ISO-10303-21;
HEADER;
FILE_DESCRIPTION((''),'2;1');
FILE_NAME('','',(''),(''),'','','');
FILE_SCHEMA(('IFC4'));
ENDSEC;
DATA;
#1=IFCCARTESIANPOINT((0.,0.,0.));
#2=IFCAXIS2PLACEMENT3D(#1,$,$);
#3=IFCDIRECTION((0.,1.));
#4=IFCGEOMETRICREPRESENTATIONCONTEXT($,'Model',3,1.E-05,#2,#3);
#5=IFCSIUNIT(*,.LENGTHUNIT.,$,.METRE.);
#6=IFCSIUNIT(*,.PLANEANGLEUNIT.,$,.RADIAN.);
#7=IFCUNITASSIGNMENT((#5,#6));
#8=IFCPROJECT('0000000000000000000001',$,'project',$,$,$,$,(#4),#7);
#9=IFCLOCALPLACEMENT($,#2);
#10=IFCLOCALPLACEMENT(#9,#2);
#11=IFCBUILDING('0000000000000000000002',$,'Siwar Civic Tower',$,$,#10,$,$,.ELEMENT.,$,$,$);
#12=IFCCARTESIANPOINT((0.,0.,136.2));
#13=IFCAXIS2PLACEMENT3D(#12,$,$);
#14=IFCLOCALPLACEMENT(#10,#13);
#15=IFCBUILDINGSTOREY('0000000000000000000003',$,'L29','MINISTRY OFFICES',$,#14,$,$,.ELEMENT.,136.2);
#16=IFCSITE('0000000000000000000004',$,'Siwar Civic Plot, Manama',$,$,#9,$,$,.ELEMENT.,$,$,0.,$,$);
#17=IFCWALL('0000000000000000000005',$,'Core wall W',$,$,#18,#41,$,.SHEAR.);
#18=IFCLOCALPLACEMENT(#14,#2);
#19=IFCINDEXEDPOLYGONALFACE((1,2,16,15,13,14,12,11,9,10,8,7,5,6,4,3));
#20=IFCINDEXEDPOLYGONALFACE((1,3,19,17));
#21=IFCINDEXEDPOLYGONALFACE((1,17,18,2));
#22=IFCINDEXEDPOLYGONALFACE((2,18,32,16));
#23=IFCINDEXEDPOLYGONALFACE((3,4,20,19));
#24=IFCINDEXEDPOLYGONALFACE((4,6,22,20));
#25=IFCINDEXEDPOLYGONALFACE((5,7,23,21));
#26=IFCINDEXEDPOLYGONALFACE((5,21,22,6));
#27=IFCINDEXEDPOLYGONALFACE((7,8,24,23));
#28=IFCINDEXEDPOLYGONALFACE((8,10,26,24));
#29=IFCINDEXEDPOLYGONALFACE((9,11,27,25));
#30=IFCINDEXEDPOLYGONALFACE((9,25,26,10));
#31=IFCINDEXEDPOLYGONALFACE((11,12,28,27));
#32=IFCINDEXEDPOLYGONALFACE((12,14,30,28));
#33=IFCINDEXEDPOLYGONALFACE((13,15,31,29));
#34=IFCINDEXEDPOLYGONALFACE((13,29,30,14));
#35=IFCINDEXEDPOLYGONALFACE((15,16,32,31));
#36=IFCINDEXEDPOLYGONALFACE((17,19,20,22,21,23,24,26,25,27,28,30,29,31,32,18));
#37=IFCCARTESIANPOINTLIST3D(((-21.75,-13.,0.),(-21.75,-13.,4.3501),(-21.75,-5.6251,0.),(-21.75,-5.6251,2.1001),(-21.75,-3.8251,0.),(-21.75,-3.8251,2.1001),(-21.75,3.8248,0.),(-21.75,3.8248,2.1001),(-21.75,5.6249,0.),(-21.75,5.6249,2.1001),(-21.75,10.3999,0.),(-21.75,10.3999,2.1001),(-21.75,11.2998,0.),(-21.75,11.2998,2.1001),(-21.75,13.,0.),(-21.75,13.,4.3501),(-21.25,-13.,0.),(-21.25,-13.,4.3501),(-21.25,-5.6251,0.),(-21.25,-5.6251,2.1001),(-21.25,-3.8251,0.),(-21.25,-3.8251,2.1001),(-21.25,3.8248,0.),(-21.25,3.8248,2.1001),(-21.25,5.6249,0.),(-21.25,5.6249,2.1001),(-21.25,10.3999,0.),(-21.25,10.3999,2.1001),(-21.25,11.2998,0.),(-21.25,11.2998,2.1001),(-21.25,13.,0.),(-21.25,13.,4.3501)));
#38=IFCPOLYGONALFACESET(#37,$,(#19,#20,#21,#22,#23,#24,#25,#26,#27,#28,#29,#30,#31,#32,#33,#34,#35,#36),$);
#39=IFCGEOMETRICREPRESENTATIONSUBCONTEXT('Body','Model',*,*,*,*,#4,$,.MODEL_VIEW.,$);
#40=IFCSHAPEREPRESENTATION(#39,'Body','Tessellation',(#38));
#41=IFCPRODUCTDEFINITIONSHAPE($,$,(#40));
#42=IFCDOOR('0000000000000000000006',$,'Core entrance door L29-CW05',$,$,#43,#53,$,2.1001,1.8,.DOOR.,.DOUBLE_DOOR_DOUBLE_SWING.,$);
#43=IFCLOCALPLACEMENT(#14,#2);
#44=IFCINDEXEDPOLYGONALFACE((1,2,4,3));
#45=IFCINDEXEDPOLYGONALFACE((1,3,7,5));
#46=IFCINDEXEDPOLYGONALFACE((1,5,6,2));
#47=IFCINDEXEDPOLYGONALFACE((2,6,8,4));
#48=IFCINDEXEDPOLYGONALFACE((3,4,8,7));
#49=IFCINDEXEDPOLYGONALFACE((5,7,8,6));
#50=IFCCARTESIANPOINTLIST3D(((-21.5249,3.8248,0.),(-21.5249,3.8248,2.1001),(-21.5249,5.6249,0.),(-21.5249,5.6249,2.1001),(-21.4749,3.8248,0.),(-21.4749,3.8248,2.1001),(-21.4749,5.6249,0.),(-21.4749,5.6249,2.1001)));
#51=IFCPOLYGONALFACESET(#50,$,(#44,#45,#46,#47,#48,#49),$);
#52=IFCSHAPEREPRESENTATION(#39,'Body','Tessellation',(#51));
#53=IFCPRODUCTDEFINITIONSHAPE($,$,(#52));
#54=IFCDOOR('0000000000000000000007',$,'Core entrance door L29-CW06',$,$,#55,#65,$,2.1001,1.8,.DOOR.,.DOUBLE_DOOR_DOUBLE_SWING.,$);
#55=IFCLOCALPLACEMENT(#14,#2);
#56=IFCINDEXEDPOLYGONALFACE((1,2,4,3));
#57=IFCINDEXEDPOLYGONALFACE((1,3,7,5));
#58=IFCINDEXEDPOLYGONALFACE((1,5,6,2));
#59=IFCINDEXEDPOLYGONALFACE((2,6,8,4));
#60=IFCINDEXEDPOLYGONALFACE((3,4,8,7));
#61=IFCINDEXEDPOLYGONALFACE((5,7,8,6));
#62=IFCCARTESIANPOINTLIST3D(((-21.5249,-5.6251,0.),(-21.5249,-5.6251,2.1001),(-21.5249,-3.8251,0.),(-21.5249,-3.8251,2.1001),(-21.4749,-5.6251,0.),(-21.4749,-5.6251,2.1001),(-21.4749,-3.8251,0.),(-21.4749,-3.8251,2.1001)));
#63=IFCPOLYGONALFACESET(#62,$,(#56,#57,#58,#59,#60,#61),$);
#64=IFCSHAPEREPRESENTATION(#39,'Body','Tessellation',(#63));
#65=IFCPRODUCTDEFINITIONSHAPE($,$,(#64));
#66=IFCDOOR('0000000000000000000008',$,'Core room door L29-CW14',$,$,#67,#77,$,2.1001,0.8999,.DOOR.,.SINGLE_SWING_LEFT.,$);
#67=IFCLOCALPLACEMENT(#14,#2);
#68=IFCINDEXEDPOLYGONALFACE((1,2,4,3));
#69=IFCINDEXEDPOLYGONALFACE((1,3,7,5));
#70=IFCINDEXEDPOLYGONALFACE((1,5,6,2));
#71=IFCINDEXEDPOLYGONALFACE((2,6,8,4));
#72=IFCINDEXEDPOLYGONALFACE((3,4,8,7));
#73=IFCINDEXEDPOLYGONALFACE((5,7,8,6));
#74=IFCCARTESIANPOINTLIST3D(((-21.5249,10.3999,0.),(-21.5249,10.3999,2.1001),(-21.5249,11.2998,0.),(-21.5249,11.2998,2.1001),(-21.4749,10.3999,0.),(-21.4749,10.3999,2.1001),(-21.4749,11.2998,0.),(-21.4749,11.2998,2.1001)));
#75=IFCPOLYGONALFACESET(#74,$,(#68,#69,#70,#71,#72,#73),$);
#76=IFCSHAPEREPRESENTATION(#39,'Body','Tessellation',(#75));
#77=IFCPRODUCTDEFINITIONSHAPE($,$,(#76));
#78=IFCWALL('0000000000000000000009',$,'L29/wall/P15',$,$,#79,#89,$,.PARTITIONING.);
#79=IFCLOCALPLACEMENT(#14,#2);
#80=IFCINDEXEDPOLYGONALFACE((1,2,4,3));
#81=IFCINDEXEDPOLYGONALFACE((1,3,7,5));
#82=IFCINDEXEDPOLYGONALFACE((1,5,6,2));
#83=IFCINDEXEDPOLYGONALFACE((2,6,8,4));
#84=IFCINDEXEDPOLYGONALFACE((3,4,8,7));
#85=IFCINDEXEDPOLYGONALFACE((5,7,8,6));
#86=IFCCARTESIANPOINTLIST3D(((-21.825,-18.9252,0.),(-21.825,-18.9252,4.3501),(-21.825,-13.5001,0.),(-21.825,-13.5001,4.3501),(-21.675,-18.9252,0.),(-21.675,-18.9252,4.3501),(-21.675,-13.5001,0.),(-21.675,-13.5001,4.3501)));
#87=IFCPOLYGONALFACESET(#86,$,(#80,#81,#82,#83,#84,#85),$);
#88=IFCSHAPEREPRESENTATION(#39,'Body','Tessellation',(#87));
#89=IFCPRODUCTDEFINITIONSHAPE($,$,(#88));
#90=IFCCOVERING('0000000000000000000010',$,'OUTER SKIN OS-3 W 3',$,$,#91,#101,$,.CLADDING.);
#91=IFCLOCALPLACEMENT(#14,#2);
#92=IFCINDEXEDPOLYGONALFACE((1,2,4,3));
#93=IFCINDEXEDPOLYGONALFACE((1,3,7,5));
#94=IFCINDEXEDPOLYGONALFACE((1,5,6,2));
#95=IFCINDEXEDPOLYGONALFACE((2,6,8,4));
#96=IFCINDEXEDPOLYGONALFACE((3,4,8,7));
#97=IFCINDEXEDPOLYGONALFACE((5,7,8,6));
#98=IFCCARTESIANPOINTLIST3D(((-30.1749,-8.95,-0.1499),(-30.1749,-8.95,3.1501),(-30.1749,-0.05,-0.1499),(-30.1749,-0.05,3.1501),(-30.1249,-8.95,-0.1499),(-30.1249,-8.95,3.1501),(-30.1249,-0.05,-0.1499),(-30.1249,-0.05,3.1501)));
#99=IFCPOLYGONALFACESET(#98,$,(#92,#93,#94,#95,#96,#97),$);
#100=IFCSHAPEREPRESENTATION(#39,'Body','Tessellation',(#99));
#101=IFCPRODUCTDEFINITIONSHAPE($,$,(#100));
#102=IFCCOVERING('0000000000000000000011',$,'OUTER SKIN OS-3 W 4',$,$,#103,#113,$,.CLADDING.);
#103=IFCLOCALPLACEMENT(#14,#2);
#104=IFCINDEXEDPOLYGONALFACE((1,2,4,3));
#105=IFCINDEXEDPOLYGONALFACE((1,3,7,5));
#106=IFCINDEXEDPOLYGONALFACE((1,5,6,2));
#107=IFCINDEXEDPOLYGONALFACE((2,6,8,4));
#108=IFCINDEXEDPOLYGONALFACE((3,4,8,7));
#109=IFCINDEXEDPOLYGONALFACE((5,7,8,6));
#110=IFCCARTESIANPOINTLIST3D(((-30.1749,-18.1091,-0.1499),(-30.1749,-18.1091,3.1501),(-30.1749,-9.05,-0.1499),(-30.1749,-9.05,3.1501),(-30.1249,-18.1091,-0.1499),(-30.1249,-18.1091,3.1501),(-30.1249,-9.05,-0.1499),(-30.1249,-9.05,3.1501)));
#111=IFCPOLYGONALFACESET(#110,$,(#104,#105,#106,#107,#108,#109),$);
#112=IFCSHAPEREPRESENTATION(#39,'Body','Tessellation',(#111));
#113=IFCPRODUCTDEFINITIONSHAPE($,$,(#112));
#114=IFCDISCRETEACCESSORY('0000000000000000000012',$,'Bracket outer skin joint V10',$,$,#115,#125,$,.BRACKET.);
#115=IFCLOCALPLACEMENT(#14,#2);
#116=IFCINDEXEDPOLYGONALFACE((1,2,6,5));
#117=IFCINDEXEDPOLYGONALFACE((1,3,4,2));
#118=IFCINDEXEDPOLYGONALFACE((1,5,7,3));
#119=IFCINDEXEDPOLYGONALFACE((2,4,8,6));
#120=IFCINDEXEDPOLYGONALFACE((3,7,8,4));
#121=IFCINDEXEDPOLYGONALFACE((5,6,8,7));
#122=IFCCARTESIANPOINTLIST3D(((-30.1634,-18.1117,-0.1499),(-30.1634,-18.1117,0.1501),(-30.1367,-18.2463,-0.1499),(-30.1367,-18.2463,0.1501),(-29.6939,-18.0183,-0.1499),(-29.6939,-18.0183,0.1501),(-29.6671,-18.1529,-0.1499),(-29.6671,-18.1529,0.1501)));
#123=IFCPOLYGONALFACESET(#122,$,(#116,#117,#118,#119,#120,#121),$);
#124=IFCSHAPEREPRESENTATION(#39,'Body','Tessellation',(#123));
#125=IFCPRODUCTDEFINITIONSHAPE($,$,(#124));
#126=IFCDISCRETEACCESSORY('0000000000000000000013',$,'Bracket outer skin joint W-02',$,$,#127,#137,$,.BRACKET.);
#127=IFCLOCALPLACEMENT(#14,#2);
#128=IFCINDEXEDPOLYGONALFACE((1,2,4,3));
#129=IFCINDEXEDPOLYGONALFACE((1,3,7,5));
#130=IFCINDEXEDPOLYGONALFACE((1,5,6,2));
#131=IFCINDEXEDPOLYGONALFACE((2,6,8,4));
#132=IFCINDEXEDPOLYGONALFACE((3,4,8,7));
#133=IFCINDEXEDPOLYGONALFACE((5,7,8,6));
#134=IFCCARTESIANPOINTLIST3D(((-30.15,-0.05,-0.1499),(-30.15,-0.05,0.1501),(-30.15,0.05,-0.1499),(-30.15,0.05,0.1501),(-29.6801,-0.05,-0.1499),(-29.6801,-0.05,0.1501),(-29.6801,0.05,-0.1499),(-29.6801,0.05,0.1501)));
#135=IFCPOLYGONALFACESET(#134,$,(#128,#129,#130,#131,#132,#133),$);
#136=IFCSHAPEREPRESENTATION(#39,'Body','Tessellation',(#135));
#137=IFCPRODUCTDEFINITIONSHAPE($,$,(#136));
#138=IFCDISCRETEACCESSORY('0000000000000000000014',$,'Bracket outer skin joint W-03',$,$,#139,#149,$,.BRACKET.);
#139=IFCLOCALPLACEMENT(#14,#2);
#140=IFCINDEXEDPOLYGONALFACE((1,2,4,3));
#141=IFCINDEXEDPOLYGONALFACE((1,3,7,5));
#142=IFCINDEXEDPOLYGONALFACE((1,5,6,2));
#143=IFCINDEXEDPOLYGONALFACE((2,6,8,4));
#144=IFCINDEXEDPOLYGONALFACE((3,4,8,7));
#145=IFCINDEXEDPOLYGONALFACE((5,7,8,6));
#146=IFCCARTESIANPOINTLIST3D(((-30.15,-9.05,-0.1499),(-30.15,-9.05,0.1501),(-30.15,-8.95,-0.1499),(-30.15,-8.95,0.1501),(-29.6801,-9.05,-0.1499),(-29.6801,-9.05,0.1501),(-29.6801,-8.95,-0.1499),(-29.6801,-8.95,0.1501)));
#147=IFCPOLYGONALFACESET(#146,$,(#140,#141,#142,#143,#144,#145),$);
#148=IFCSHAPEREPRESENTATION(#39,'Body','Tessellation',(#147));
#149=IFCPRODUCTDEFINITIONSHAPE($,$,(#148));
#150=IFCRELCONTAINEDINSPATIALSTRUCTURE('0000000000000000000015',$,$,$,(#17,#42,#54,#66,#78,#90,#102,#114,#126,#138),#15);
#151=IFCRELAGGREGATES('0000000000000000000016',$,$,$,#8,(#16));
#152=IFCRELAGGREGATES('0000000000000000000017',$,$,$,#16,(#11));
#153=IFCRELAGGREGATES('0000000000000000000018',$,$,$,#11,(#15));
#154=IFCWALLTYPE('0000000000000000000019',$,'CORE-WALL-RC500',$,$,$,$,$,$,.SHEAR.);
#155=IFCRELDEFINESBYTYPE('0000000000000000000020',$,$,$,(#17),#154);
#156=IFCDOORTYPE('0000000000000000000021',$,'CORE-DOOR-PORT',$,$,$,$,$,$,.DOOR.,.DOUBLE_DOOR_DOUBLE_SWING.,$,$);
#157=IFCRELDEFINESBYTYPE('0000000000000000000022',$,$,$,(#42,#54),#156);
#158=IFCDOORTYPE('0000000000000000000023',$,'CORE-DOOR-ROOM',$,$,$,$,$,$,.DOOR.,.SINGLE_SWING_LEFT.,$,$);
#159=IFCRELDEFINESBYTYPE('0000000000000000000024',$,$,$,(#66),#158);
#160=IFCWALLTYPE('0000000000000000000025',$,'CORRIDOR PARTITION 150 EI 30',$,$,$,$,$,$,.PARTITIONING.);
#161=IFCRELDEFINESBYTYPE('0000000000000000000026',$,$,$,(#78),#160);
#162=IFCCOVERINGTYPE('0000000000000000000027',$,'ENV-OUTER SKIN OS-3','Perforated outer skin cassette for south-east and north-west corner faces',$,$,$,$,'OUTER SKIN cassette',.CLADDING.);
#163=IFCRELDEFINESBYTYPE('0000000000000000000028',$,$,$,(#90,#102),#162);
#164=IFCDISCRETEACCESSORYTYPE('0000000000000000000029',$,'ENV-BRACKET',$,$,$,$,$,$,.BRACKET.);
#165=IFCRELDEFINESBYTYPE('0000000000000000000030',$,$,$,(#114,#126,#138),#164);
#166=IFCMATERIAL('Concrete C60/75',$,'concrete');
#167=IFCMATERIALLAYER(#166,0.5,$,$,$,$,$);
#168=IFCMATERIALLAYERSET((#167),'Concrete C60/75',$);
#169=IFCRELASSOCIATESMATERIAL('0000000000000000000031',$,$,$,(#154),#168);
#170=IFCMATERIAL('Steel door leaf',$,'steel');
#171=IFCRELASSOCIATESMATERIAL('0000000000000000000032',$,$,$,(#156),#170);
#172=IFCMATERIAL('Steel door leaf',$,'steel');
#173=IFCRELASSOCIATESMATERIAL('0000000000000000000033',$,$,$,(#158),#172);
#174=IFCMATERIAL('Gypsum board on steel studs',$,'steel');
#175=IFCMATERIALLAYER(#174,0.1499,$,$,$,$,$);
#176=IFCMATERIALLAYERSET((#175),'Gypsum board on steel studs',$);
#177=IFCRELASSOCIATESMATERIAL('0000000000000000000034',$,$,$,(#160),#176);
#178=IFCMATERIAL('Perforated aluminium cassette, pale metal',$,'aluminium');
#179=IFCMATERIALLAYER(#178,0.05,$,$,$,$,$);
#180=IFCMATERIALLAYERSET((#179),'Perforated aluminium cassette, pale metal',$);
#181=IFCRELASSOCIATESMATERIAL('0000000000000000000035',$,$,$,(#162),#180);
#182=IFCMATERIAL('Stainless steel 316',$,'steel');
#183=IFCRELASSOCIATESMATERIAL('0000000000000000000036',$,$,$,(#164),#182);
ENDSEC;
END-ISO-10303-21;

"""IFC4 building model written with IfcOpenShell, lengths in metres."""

from ifc_helpers import new_model, si_unit, direction, frame, frame_2d, origin, origin_2d, place, context, subcontext, project, spatial, rectangle, extrude, material, layer, layer_set, type_object, element, fill, save


model = new_model("IFC4")

# Units and contexts
model_context = context("Model", 3, precision=1e-05, world=origin(), true_north=direction((0.0, 1.0)))
body_context = subcontext(model_context, "Body", "Model", "MODEL_VIEW")
ifc_project = project(units=[si_unit("LENGTHUNIT", "METRE"), si_unit("PLANEANGLEUNIT", "RADIAN")], contexts=[model_context])

# Site, building, storey
site_placement = place(None, origin())
site = spatial("IfcSite", under=ifc_project, at=site_placement, Name="Siwar Civic Plot, Manama", CompositionType="ELEMENT", RefElevation=0.0)
building_placement = place(site_placement, origin())
building = spatial("IfcBuilding", under=site, at=building_placement, Name="Siwar Civic Tower", CompositionType="ELEMENT")
storey_placement = place(building_placement, frame((0.0, 0.0, 136.2)))
storey = spatial("IfcBuildingStorey", under=building, at=storey_placement, Name="L29", Description="MINISTRY OFFICES", CompositionType="ELEMENT", Elevation=136.2)

# Wall, openings, doors
ifc_material_1 = material(Name="Concrete C60/75", Category="concrete")
ifc_layer_1 = layer(ifc_material_1, 0.5)
ifc_layer_set_1 = layer_set([ifc_layer_1], Name="Concrete C60/75")
wall_type_1 = type_object("IfcWallType", Name="CORE-WALL-RC500", PredefinedType="SHEAR", material=ifc_layer_set_1)
wall_1_placement = place(storey_placement, frame((-21.5, -13.0, 0.0), z_axis=(0.0, 0.0, 1.0), x_axis=(0.0, 1.0, 0.0)))
wall_1 = element("IfcWall", 1, at=wall_1_placement, inside=storey, type_object=wall_type_1, Name="Core wall W", PredefinedType="SHEAR", context=body_context, shape_type="SweptSolid", body=[
    extrude(rectangle(XDim=26.0, YDim=0.5, at=frame_2d((13.0, 0.0))), origin(), (0.0, 0.0, 1.0), 4.3501),
])
opening_1_placement = place(wall_1_placement, frame((16.825, 0.0, 0.0)))
opening_1 = element("IfcOpeningElement", 2, at=opening_1_placement, cuts=wall_1, PredefinedType="OPENING", context=body_context, shape_type="SweptSolid", body=[
    extrude(rectangle(XDim=1.8, YDim=2.1001, at=frame_2d((0.8999, 1.05))), frame((0.0, 0.26, 0.0), z_axis=(0.0, -1.0, 0.0), x_axis=(1.0, 0.0, 0.0)), (0.0, 0.0, 1.0), 0.52),
])
opening_2_placement = place(wall_1_placement, frame((7.375, 0.0, 0.0)))
opening_2 = element("IfcOpeningElement", 3, at=opening_2_placement, cuts=wall_1, PredefinedType="OPENING", context=body_context, shape_type="SweptSolid", body=[
    extrude(rectangle(XDim=1.8, YDim=2.1001, at=frame_2d((0.8999, 1.05))), frame((0.0, 0.26, 0.0), z_axis=(0.0, -1.0, 0.0), x_axis=(1.0, 0.0, 0.0)), (0.0, 0.0, 1.0), 0.52),
])
opening_3_placement = place(wall_1_placement, frame((23.3999, 0.0, 0.0)))
opening_3 = element("IfcOpeningElement", 4, at=opening_3_placement, cuts=wall_1, PredefinedType="OPENING", context=body_context, shape_type="SweptSolid", body=[
    extrude(rectangle(XDim=0.8999, YDim=2.1001, at=frame_2d((0.45, 1.05))), frame((0.0, 0.26, 0.0), z_axis=(0.0, -1.0, 0.0), x_axis=(1.0, 0.0, 0.0)), (0.0, 0.0, 1.0), 0.52),
])
ifc_material_2 = material(Name="Steel door leaf", Category="steel")
door_type_1 = type_object("IfcDoorType", Name="CORE-DOOR-PORT", OperationType="DOUBLE_DOOR_DOUBLE_SWING", PredefinedType="DOOR", material=ifc_material_2)
door_1_placement = place(opening_1_placement, origin())
door_1 = element("IfcDoor", 5, at=door_1_placement, inside=storey, type_object=door_type_1, Name="Core entrance door L29-CW05", OperationType="DOUBLE_DOOR_DOUBLE_SWING", OverallHeight=2.1001, OverallWidth=1.8, PredefinedType="DOOR", context=body_context, shape_type="SweptSolid", body=[
    extrude(rectangle(XDim=1.8, YDim=2.1001, at=frame_2d((0.8999, 1.05))), frame((0.0, 0.0249, 0.0), z_axis=(0.0, -1.0, 0.0), x_axis=(1.0, 0.0, 0.0)), (0.0, 0.0, 1.0), 0.05),
])
fill(opening_1, door_1)
door_2_placement = place(opening_2_placement, origin())
door_2 = element("IfcDoor", 6, at=door_2_placement, inside=storey, type_object=door_type_1, Name="Core entrance door L29-CW06", OperationType="DOUBLE_DOOR_DOUBLE_SWING", OverallHeight=2.1001, OverallWidth=1.8, PredefinedType="DOOR", context=body_context, shape_type="SweptSolid", body=[
    extrude(rectangle(XDim=1.8, YDim=2.1001, at=frame_2d((0.8999, 1.05))), frame((0.0, 0.0249, 0.0), z_axis=(0.0, -1.0, 0.0), x_axis=(1.0, 0.0, 0.0)), (0.0, 0.0, 1.0), 0.05),
])
fill(opening_2, door_2)
ifc_material_3 = material(Name="Steel door leaf", Category="steel")
door_type_2 = type_object("IfcDoorType", Name="CORE-DOOR-ROOM", OperationType="SINGLE_SWING_LEFT", PredefinedType="DOOR", material=ifc_material_3)
door_3_placement = place(opening_3_placement, origin())
door_3 = element("IfcDoor", 7, at=door_3_placement, inside=storey, type_object=door_type_2, Name="Core room door L29-CW14", OperationType="SINGLE_SWING_LEFT", OverallHeight=2.1001, OverallWidth=0.8999, PredefinedType="DOOR", context=body_context, shape_type="SweptSolid", body=[
    extrude(rectangle(XDim=0.8999, YDim=2.1001, at=frame_2d((0.45, 1.05))), frame((0.0, 0.0249, 0.0), z_axis=(0.0, -1.0, 0.0), x_axis=(1.0, 0.0, 0.0)), (0.0, 0.0, 1.0), 0.05),
])
fill(opening_3, door_3)

# Wall
ifc_material_4 = material(Name="Gypsum board on steel studs", Category="steel")
ifc_layer_2 = layer(ifc_material_4, 0.1499)
ifc_layer_set_2 = layer_set([ifc_layer_2], Name="Gypsum board on steel studs")
wall_type_2 = type_object("IfcWallType", Name="CORRIDOR PARTITION 150 EI 30", PredefinedType="PARTITIONING", material=ifc_layer_set_2)
wall_2_placement = place(storey_placement, frame((-21.75, -18.925, 0.0), z_axis=(0.0, 0.0, 1.0), x_axis=(0.0, 1.0, 0.0)))
element("IfcWall", 8, at=wall_2_placement, inside=storey, type_object=wall_type_2, Name="L29/wall/P15", PredefinedType="PARTITIONING", context=body_context, shape_type="SweptSolid", body=[
    extrude(rectangle(XDim=5.425, YDim=0.1499, at=frame_2d((2.7124, 0.0))), origin(), (0.0, 0.0, 1.0), 4.3501),
])

# Coverings
ifc_material_5 = material(Name="Perforated aluminium cassette, pale metal", Category="aluminium")
ifc_layer_3 = layer(ifc_material_5, 0.05)
ifc_layer_set_3 = layer_set([ifc_layer_3], Name="Perforated aluminium cassette, pale metal")
covering_type = type_object("IfcCoveringType", Name="ENV-OUTER SKIN OS-3", Description="Perforated outer skin cassette for south-east and north-west corner faces", ElementType="OUTER SKIN cassette", PredefinedType="CLADDING", material=ifc_layer_set_3)
covering_1_placement = place(storey_placement, frame((-30.1499, -4.5, -0.1499), z_axis=(0.0, 0.0, 1.0), x_axis=(0.0, -1.0, 0.0)))
element("IfcCovering", 9, at=covering_1_placement, inside=storey, type_object=covering_type, Name="OUTER SKIN OS-3 W 3", PredefinedType="CLADDING", context=body_context, shape_type="SweptSolid", body=[
    extrude(rectangle(XDim=8.8999, YDim=0.05, at=origin_2d()), origin(), (0.0, 0.0, 1.0), 3.3),
])
covering_2_placement = place(storey_placement, frame((-30.1499, -13.5796, -0.1499), z_axis=(0.0, 0.0, 1.0), x_axis=(0.0, -1.0, 0.0)))
element("IfcCovering", 10, at=covering_2_placement, inside=storey, type_object=covering_type, Name="OUTER SKIN OS-3 W 4", PredefinedType="CLADDING", context=body_context, shape_type="SweptSolid", body=[
    extrude(rectangle(XDim=9.0591, YDim=0.05, at=origin_2d()), origin(), (0.0, 0.0, 1.0), 3.3),
])

# Discrete accessories
ifc_material_6 = material(Name="Stainless steel 316", Category="steel")
discrete_accessory_type = type_object("IfcDiscreteAccessoryType", Name="ENV-BRACKET", PredefinedType="BRACKET", material=ifc_material_6)
discrete_accessory_placement = place(storey_placement, frame((-29.9153, -18.1323, -0.1499), z_axis=(0.0, 0.0, 1.0), x_axis=(-0.980785, -0.19509, 0.0)))
element("IfcDiscreteAccessory", 11, at=discrete_accessory_placement, inside=storey, type_object=discrete_accessory_type, Name="Bracket outer skin joint V10", PredefinedType="BRACKET", context=body_context, shape_type="SweptSolid", body=[
    extrude(rectangle(XDim=0.4788, YDim=0.1372, at=origin_2d()), origin(), (0.0, 0.0, 1.0), 0.3),
])
for number, where, z_axis, x_axis, name in (
    (12, (-29.915, 0.0, -0.1499), (0.0, 0.0, 1.0), (-1.0, 0.0, 0.0), "Bracket outer skin joint W-02"),
    (13, (-29.915, -9.0, -0.1499), (0.0, 0.0, 1.0), (-1.0, 0.0, 0.0), "Bracket outer skin joint W-03"),
):
    element("IfcDiscreteAccessory", number, at=place(storey_placement, frame(where, z_axis=z_axis, x_axis=x_axis)), inside=storey, type_object=discrete_accessory_type, Name=name, PredefinedType="BRACKET", context=body_context, shape_type="SweptSolid", body=[
        extrude(rectangle(XDim=0.47, YDim=0.1001, at=origin_2d()), origin(), (0.0, 0.0, 1.0), 0.3),
    ])

save(model, "model.ifc")
